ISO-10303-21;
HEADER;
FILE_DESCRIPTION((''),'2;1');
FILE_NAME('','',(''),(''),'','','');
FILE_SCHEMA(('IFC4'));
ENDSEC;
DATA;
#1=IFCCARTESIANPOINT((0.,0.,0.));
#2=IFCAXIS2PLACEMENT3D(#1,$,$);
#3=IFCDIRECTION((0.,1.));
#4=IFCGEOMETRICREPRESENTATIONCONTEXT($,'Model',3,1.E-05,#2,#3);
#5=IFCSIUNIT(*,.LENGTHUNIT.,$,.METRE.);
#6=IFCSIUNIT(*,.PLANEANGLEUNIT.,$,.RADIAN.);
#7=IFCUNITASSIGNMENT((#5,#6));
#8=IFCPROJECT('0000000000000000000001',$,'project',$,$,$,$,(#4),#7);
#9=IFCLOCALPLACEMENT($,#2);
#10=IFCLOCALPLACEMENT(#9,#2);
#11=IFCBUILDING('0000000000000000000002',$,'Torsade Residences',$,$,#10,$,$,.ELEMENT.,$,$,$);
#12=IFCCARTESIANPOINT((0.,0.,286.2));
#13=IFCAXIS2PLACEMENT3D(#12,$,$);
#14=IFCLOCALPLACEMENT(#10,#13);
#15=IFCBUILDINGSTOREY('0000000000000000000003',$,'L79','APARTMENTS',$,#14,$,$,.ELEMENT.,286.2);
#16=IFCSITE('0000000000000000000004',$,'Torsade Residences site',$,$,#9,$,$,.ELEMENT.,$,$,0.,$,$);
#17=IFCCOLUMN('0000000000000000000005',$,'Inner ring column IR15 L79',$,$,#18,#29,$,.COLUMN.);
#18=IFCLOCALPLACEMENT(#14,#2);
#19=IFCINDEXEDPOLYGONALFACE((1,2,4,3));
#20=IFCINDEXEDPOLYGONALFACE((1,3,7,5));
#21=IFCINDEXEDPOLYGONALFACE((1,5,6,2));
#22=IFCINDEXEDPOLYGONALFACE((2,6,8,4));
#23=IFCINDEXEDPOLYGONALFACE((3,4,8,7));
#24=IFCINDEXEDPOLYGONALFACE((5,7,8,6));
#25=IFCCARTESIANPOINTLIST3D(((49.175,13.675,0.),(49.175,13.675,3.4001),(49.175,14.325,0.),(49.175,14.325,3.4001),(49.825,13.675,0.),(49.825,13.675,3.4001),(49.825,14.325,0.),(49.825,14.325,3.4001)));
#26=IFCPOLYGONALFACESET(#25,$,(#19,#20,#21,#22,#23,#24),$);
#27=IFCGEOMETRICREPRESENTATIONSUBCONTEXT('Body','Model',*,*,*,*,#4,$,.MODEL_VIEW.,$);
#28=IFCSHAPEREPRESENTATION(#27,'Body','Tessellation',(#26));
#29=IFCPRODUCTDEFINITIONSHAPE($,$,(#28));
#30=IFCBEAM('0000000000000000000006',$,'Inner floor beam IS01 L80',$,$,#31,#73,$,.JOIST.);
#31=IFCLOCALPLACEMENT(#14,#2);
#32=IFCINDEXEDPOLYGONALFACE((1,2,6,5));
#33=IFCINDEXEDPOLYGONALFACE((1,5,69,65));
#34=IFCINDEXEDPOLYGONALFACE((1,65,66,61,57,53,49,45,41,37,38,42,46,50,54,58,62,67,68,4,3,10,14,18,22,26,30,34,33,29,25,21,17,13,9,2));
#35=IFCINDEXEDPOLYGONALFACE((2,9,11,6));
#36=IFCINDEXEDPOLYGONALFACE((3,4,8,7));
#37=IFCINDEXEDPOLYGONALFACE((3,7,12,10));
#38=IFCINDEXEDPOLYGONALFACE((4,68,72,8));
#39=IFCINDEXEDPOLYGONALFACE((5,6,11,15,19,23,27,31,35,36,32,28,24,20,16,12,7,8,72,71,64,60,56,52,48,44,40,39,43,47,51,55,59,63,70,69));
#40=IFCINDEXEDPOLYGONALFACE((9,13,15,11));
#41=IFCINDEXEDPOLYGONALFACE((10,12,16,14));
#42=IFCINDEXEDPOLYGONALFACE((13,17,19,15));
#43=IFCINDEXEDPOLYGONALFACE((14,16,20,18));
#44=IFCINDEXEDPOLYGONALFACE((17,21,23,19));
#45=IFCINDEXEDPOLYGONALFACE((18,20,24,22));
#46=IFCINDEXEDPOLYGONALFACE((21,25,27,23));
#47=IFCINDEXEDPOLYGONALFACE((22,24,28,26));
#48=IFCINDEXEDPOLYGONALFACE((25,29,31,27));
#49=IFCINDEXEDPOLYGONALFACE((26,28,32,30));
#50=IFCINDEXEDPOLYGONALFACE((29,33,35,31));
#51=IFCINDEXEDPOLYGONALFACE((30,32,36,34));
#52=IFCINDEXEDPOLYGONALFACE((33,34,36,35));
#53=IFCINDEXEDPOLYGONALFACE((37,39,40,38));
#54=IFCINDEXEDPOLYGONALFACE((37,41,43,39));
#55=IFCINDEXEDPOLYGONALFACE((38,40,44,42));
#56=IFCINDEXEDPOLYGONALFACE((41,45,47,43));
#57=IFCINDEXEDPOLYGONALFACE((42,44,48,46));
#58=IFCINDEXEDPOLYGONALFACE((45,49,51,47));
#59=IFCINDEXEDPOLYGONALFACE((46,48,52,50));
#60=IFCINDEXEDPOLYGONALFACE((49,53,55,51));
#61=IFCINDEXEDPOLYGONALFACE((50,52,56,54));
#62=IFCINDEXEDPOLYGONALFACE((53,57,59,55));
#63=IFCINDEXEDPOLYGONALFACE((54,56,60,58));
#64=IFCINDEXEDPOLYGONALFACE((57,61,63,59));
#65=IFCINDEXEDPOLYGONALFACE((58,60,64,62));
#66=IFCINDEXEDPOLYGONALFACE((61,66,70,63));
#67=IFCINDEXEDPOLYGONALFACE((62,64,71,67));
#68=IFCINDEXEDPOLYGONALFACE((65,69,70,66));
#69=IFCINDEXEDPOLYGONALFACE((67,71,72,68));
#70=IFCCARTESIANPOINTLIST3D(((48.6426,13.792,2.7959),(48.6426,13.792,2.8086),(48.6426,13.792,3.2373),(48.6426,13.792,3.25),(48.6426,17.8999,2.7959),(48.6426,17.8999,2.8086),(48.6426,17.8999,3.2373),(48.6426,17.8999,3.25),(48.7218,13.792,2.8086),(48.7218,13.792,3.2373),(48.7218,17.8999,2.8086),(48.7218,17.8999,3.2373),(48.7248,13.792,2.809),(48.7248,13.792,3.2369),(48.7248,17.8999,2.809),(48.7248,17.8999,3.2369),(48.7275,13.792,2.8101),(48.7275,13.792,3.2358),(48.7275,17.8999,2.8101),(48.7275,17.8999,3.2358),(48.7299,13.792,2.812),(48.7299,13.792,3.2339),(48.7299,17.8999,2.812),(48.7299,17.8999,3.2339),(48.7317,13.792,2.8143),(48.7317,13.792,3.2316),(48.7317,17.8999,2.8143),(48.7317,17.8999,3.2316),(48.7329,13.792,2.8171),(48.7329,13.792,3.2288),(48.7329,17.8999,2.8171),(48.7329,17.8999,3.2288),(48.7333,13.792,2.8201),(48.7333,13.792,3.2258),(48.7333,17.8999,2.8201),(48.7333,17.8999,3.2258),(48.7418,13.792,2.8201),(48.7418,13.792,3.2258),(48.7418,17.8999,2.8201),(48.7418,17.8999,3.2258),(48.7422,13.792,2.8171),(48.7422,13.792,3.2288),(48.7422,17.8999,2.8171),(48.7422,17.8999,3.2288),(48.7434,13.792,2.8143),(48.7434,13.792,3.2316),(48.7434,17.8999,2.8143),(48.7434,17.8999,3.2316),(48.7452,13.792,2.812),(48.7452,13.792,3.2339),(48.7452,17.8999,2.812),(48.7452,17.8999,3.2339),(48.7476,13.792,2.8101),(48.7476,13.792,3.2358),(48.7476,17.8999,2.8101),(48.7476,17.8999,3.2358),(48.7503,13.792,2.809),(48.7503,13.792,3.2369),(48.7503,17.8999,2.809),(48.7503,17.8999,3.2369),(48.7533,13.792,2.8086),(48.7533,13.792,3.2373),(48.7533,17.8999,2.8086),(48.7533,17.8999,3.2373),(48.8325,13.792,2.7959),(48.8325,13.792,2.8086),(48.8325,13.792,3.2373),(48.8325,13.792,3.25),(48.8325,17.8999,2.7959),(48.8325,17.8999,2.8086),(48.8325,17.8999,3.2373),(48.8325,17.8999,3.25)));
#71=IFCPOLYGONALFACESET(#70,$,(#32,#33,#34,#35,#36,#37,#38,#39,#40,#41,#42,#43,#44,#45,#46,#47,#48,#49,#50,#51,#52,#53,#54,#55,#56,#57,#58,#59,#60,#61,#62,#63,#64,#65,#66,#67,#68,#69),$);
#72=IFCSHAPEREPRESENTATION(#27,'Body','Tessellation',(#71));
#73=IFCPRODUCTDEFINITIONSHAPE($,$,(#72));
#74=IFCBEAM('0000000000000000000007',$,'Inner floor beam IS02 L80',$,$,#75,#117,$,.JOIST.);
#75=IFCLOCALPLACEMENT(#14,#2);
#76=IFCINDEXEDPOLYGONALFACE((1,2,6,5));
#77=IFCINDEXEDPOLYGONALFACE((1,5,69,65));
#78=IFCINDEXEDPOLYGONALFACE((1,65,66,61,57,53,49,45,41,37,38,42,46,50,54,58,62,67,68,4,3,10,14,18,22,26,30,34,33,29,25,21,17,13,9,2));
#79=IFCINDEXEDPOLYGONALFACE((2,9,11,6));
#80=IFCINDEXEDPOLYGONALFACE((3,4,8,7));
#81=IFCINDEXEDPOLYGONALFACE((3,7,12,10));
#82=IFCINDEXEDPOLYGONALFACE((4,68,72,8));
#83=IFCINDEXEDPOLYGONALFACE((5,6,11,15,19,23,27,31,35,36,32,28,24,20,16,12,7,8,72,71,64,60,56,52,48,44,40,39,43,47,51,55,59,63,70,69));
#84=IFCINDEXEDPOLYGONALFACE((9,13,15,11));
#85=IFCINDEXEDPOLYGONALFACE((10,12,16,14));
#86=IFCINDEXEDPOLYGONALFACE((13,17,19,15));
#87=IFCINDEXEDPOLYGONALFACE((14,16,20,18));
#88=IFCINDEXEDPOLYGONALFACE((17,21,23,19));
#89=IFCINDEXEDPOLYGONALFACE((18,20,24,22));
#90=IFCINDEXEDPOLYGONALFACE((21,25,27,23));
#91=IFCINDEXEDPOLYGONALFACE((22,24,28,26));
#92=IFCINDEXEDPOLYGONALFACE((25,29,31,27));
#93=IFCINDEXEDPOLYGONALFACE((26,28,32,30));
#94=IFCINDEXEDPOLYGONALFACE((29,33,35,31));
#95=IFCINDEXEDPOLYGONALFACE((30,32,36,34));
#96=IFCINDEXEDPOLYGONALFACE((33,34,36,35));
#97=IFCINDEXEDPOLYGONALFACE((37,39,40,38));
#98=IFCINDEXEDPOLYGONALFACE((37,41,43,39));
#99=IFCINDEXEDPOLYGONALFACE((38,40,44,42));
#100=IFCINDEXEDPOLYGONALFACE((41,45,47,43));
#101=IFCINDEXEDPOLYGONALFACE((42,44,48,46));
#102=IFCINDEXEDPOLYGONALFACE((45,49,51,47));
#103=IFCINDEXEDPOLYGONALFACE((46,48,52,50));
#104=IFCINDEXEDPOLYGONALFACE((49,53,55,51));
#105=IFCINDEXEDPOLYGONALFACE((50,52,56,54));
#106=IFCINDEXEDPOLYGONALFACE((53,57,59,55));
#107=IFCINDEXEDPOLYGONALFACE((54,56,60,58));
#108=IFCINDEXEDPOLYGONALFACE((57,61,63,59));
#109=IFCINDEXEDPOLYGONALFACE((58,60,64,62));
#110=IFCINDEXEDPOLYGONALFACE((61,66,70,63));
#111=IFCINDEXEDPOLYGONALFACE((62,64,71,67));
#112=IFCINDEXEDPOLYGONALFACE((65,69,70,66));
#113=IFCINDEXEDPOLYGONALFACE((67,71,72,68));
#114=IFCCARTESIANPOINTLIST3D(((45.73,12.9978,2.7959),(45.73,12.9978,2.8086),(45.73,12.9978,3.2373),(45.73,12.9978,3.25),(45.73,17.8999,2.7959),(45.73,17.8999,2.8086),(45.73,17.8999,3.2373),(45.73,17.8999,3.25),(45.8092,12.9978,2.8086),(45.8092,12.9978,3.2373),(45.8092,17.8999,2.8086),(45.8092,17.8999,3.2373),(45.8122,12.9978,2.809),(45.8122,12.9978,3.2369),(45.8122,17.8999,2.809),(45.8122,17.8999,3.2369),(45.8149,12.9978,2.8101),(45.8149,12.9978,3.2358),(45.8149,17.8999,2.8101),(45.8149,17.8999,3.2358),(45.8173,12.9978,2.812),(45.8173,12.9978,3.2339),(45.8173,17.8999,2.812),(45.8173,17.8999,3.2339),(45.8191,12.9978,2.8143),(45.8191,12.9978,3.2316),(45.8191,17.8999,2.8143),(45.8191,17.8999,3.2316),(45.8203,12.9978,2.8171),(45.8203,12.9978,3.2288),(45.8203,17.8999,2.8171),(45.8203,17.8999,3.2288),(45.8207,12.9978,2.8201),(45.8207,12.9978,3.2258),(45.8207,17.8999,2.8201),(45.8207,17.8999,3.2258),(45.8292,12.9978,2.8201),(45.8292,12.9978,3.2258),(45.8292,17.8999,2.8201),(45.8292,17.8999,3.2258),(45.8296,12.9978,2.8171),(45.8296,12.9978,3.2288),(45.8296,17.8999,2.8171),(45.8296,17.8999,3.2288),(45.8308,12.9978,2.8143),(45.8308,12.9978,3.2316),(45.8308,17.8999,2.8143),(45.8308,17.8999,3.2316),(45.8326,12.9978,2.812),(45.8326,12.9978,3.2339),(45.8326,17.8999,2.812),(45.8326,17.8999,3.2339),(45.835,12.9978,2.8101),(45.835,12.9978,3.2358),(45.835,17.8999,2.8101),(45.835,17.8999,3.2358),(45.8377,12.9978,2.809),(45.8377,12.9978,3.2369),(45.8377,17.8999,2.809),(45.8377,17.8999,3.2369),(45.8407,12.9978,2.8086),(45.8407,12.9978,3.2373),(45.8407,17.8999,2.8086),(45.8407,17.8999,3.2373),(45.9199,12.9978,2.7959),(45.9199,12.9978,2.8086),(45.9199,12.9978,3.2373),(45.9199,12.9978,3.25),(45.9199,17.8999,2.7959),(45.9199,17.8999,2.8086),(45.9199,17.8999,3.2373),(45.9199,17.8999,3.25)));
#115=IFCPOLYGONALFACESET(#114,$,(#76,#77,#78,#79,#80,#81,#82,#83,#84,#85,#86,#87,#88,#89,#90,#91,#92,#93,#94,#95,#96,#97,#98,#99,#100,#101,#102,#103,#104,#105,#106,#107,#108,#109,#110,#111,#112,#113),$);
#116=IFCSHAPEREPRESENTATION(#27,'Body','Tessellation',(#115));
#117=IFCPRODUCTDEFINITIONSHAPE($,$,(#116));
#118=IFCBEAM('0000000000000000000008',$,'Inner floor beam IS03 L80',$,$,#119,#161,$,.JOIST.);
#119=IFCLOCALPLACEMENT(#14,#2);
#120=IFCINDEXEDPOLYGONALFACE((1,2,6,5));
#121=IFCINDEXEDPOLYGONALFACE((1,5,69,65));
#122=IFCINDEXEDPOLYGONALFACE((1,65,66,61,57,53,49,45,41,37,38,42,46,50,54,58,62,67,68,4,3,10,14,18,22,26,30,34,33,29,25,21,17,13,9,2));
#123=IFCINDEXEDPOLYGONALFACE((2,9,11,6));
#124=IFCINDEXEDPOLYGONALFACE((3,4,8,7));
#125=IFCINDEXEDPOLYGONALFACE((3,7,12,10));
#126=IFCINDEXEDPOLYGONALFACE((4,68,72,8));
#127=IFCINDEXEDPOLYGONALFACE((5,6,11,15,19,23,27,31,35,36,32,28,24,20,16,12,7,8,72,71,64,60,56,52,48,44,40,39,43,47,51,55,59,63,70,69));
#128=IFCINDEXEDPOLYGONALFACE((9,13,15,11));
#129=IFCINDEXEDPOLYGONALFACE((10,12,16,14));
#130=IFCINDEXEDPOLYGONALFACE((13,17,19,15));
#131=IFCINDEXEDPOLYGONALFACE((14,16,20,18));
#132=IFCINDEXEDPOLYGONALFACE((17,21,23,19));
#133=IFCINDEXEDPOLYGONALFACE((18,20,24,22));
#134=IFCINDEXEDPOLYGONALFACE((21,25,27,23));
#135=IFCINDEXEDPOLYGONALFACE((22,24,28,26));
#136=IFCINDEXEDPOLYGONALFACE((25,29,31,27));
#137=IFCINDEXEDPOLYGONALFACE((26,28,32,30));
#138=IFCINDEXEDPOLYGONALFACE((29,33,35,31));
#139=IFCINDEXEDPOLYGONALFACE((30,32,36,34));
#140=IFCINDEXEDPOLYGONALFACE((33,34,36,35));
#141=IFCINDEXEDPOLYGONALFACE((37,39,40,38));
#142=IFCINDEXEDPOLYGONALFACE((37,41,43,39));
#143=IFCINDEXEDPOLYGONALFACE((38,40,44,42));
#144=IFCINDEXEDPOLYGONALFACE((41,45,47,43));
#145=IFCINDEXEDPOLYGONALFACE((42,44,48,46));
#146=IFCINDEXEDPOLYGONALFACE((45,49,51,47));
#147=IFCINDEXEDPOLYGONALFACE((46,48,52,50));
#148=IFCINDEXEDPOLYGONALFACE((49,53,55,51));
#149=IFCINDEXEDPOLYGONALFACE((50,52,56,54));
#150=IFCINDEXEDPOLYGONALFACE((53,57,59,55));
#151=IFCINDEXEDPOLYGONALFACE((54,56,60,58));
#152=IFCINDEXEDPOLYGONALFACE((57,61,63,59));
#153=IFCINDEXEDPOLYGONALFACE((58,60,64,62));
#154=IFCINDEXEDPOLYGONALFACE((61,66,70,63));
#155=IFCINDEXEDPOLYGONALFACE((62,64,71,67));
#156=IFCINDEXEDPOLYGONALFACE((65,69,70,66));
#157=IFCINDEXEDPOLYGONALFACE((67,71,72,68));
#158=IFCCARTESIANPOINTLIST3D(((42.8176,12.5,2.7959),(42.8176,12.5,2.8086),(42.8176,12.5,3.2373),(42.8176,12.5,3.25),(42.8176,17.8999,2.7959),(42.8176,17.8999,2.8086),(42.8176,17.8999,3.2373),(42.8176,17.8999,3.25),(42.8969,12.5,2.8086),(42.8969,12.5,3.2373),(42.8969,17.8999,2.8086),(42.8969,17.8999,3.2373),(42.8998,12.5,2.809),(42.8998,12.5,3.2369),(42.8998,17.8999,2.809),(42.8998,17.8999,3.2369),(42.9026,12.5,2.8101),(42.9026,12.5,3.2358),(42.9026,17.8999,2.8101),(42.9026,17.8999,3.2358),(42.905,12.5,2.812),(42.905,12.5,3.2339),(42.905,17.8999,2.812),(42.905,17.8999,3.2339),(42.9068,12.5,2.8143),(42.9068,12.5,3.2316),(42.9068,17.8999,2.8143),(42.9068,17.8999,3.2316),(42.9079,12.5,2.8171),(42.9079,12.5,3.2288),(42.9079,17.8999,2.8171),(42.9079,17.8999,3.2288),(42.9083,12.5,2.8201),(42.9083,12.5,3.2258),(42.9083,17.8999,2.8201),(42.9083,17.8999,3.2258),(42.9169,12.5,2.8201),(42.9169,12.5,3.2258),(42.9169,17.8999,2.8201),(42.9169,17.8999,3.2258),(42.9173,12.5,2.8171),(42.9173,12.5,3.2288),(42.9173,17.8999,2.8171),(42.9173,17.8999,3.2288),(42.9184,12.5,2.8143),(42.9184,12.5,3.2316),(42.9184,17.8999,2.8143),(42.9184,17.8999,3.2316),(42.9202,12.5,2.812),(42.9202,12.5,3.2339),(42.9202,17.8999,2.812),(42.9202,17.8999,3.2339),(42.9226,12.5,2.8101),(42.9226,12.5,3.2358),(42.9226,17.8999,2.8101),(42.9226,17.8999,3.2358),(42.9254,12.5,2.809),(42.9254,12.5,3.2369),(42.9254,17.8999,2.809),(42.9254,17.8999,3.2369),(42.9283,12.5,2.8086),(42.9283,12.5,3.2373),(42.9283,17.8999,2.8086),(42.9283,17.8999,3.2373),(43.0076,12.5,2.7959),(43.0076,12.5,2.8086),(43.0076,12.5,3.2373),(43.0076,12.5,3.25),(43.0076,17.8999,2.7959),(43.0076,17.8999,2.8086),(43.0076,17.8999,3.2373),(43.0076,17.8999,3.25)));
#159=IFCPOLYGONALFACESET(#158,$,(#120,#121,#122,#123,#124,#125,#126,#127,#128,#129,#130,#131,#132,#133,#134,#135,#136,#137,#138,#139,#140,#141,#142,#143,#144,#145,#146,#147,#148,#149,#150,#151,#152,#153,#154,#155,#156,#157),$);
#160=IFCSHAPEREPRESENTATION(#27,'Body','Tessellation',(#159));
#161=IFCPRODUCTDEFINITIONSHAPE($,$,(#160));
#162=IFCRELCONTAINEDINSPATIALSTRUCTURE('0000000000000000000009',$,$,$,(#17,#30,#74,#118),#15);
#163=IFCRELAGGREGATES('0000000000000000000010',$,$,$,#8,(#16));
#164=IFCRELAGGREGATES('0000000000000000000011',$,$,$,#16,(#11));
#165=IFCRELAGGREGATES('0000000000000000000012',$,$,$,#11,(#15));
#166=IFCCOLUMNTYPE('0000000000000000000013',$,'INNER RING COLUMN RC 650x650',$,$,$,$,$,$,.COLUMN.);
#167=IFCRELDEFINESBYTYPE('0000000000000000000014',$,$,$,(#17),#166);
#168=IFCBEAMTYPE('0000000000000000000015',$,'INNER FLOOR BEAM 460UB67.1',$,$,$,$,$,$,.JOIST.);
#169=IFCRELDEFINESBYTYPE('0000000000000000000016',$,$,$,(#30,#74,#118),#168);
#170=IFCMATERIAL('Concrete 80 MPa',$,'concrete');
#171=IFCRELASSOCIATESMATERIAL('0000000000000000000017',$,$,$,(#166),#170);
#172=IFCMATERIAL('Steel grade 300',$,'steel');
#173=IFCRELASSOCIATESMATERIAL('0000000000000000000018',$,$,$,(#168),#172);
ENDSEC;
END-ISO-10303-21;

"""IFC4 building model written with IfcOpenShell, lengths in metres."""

from ifc_helpers import new_model, si_unit, direction, frame, origin, origin_2d, place, context, subcontext, project, spatial, rectangle, i_section, extrude, material, material_profile, profile_set, type_object, element, save


model = new_model("IFC4")

# Units and contexts
model_context = context("Model", 3, precision=1e-05, world=origin(), true_north=direction((0.0, 1.0)))
body_context = subcontext(model_context, "Body", "Model", "MODEL_VIEW")
ifc_project = project(units=[si_unit("LENGTHUNIT", "METRE"), si_unit("PLANEANGLEUNIT", "RADIAN")], contexts=[model_context])

# Site, building, storey
site_placement = place(None, origin())
site = spatial("IfcSite", under=ifc_project, at=site_placement, Name="Torsade Residences site", CompositionType="ELEMENT", RefElevation=0.0)
building_placement = place(site_placement, origin())
building = spatial("IfcBuilding", under=site, at=building_placement, Name="Torsade Residences", CompositionType="ELEMENT")
storey_placement = place(building_placement, frame((0.0, 0.0, 286.2)))
storey = spatial("IfcBuildingStorey", under=building, at=storey_placement, Name="L79", Description="APARTMENTS", CompositionType="ELEMENT", Elevation=286.2)

# Column
ifc_material_1 = material(Name="Concrete 80 MPa", Category="concrete")
ifc_material_profile_1 = material_profile(ifc_material_1, rectangle(XDim=0.6499, YDim=0.6499, at=origin_2d()), Name="RC 650x650")
ifc_profile_set_1 = profile_set([ifc_material_profile_1], Name="Concrete 80 MPa")
column_type = type_object("IfcColumnType", Name="INNER RING COLUMN RC 650x650", PredefinedType="COLUMN", material=ifc_profile_set_1)
column_placement = place(storey_placement, frame((49.5, 14.0, 0.0), z_axis=(0.0, 0.0, 1.0), x_axis=(1.0, 0.0, 0.0)))
element("IfcColumn", 1, at=column_placement, inside=storey, type_object=column_type, Name="Inner ring column IR15 L79", PredefinedType="COLUMN", context=body_context, shape_type="SweptSolid", body=[
    extrude(rectangle(XDim=0.6499, YDim=0.6499, at=origin_2d()), origin(), (0.0, 0.0, 1.0), 3.4001),
])

# Beams
ifc_material_2 = material(Name="Steel grade 300", Category="steel")
ifc_material_profile_2 = material_profile(ifc_material_2, i_section(OverallWidth=0.1899, OverallDepth=0.4541, WebThickness=0.0085, FlangeThickness=0.0127, FilletRadius=0.0115, at=origin_2d()), Name="460UB67.1")
ifc_profile_set_2 = profile_set([ifc_material_profile_2], Name="Steel grade 300")
beam_type_1 = type_object("IfcBeamType", Name="INNER FLOOR BEAM 460UB67.1", PredefinedType="JOIST", material=ifc_profile_set_2)
beam_1_placement = place(storey_placement, frame((48.7375, 17.8999, 3.0229), z_axis=(0.0, -1.0, 0.0), x_axis=(1.0, 0.0, 0.0)))
element("IfcBeam", 2, at=beam_1_placement, inside=storey, type_object=beam_type_1, Name="Inner floor beam IS01 L80", PredefinedType="JOIST", context=body_context, shape_type="SweptSolid", body=[
    extrude(i_section(OverallWidth=0.1899, OverallDepth=0.4541, WebThickness=0.0085, FlangeThickness=0.0127, FilletRadius=0.0115, at=origin_2d()), origin(), (0.0, 0.0, 1.0), 4.1079),
])
beam_2_placement = place(storey_placement, frame((45.825, 17.8999, 3.0229), z_axis=(0.0, -1.0, 0.0), x_axis=(1.0, 0.0, 0.0)))
element("IfcBeam", 3, at=beam_2_placement, inside=storey, type_object=beam_type_1, Name="Inner floor beam IS02 L80", PredefinedType="JOIST", context=body_context, shape_type="SweptSolid", body=[
    extrude(i_section(OverallWidth=0.1899, OverallDepth=0.4541, WebThickness=0.0085, FlangeThickness=0.0127, FilletRadius=0.0115, at=origin_2d()), origin(), (0.0, 0.0, 1.0), 4.9021),
])
for number, where, z_axis, x_axis, name in (
    (4, (42.9126, 17.8999, 3.0229), (0.0, -1.0, 0.0), (1.0, 0.0, 0.0), "Inner floor beam IS03 L80"),
):
    element("IfcBeam", number, at=place(storey_placement, frame(where, z_axis=z_axis, x_axis=x_axis)), inside=storey, type_object=beam_type_1, Name=name, PredefinedType="JOIST", context=body_context, shape_type="SweptSolid", body=[
        extrude(i_section(OverallWidth=0.1899, OverallDepth=0.4541, WebThickness=0.0085, FlangeThickness=0.0127, FilletRadius=0.0115, at=origin_2d()), origin(), (0.0, 0.0, 1.0), 5.3999),
    ])

save(model, "model.ifc")
